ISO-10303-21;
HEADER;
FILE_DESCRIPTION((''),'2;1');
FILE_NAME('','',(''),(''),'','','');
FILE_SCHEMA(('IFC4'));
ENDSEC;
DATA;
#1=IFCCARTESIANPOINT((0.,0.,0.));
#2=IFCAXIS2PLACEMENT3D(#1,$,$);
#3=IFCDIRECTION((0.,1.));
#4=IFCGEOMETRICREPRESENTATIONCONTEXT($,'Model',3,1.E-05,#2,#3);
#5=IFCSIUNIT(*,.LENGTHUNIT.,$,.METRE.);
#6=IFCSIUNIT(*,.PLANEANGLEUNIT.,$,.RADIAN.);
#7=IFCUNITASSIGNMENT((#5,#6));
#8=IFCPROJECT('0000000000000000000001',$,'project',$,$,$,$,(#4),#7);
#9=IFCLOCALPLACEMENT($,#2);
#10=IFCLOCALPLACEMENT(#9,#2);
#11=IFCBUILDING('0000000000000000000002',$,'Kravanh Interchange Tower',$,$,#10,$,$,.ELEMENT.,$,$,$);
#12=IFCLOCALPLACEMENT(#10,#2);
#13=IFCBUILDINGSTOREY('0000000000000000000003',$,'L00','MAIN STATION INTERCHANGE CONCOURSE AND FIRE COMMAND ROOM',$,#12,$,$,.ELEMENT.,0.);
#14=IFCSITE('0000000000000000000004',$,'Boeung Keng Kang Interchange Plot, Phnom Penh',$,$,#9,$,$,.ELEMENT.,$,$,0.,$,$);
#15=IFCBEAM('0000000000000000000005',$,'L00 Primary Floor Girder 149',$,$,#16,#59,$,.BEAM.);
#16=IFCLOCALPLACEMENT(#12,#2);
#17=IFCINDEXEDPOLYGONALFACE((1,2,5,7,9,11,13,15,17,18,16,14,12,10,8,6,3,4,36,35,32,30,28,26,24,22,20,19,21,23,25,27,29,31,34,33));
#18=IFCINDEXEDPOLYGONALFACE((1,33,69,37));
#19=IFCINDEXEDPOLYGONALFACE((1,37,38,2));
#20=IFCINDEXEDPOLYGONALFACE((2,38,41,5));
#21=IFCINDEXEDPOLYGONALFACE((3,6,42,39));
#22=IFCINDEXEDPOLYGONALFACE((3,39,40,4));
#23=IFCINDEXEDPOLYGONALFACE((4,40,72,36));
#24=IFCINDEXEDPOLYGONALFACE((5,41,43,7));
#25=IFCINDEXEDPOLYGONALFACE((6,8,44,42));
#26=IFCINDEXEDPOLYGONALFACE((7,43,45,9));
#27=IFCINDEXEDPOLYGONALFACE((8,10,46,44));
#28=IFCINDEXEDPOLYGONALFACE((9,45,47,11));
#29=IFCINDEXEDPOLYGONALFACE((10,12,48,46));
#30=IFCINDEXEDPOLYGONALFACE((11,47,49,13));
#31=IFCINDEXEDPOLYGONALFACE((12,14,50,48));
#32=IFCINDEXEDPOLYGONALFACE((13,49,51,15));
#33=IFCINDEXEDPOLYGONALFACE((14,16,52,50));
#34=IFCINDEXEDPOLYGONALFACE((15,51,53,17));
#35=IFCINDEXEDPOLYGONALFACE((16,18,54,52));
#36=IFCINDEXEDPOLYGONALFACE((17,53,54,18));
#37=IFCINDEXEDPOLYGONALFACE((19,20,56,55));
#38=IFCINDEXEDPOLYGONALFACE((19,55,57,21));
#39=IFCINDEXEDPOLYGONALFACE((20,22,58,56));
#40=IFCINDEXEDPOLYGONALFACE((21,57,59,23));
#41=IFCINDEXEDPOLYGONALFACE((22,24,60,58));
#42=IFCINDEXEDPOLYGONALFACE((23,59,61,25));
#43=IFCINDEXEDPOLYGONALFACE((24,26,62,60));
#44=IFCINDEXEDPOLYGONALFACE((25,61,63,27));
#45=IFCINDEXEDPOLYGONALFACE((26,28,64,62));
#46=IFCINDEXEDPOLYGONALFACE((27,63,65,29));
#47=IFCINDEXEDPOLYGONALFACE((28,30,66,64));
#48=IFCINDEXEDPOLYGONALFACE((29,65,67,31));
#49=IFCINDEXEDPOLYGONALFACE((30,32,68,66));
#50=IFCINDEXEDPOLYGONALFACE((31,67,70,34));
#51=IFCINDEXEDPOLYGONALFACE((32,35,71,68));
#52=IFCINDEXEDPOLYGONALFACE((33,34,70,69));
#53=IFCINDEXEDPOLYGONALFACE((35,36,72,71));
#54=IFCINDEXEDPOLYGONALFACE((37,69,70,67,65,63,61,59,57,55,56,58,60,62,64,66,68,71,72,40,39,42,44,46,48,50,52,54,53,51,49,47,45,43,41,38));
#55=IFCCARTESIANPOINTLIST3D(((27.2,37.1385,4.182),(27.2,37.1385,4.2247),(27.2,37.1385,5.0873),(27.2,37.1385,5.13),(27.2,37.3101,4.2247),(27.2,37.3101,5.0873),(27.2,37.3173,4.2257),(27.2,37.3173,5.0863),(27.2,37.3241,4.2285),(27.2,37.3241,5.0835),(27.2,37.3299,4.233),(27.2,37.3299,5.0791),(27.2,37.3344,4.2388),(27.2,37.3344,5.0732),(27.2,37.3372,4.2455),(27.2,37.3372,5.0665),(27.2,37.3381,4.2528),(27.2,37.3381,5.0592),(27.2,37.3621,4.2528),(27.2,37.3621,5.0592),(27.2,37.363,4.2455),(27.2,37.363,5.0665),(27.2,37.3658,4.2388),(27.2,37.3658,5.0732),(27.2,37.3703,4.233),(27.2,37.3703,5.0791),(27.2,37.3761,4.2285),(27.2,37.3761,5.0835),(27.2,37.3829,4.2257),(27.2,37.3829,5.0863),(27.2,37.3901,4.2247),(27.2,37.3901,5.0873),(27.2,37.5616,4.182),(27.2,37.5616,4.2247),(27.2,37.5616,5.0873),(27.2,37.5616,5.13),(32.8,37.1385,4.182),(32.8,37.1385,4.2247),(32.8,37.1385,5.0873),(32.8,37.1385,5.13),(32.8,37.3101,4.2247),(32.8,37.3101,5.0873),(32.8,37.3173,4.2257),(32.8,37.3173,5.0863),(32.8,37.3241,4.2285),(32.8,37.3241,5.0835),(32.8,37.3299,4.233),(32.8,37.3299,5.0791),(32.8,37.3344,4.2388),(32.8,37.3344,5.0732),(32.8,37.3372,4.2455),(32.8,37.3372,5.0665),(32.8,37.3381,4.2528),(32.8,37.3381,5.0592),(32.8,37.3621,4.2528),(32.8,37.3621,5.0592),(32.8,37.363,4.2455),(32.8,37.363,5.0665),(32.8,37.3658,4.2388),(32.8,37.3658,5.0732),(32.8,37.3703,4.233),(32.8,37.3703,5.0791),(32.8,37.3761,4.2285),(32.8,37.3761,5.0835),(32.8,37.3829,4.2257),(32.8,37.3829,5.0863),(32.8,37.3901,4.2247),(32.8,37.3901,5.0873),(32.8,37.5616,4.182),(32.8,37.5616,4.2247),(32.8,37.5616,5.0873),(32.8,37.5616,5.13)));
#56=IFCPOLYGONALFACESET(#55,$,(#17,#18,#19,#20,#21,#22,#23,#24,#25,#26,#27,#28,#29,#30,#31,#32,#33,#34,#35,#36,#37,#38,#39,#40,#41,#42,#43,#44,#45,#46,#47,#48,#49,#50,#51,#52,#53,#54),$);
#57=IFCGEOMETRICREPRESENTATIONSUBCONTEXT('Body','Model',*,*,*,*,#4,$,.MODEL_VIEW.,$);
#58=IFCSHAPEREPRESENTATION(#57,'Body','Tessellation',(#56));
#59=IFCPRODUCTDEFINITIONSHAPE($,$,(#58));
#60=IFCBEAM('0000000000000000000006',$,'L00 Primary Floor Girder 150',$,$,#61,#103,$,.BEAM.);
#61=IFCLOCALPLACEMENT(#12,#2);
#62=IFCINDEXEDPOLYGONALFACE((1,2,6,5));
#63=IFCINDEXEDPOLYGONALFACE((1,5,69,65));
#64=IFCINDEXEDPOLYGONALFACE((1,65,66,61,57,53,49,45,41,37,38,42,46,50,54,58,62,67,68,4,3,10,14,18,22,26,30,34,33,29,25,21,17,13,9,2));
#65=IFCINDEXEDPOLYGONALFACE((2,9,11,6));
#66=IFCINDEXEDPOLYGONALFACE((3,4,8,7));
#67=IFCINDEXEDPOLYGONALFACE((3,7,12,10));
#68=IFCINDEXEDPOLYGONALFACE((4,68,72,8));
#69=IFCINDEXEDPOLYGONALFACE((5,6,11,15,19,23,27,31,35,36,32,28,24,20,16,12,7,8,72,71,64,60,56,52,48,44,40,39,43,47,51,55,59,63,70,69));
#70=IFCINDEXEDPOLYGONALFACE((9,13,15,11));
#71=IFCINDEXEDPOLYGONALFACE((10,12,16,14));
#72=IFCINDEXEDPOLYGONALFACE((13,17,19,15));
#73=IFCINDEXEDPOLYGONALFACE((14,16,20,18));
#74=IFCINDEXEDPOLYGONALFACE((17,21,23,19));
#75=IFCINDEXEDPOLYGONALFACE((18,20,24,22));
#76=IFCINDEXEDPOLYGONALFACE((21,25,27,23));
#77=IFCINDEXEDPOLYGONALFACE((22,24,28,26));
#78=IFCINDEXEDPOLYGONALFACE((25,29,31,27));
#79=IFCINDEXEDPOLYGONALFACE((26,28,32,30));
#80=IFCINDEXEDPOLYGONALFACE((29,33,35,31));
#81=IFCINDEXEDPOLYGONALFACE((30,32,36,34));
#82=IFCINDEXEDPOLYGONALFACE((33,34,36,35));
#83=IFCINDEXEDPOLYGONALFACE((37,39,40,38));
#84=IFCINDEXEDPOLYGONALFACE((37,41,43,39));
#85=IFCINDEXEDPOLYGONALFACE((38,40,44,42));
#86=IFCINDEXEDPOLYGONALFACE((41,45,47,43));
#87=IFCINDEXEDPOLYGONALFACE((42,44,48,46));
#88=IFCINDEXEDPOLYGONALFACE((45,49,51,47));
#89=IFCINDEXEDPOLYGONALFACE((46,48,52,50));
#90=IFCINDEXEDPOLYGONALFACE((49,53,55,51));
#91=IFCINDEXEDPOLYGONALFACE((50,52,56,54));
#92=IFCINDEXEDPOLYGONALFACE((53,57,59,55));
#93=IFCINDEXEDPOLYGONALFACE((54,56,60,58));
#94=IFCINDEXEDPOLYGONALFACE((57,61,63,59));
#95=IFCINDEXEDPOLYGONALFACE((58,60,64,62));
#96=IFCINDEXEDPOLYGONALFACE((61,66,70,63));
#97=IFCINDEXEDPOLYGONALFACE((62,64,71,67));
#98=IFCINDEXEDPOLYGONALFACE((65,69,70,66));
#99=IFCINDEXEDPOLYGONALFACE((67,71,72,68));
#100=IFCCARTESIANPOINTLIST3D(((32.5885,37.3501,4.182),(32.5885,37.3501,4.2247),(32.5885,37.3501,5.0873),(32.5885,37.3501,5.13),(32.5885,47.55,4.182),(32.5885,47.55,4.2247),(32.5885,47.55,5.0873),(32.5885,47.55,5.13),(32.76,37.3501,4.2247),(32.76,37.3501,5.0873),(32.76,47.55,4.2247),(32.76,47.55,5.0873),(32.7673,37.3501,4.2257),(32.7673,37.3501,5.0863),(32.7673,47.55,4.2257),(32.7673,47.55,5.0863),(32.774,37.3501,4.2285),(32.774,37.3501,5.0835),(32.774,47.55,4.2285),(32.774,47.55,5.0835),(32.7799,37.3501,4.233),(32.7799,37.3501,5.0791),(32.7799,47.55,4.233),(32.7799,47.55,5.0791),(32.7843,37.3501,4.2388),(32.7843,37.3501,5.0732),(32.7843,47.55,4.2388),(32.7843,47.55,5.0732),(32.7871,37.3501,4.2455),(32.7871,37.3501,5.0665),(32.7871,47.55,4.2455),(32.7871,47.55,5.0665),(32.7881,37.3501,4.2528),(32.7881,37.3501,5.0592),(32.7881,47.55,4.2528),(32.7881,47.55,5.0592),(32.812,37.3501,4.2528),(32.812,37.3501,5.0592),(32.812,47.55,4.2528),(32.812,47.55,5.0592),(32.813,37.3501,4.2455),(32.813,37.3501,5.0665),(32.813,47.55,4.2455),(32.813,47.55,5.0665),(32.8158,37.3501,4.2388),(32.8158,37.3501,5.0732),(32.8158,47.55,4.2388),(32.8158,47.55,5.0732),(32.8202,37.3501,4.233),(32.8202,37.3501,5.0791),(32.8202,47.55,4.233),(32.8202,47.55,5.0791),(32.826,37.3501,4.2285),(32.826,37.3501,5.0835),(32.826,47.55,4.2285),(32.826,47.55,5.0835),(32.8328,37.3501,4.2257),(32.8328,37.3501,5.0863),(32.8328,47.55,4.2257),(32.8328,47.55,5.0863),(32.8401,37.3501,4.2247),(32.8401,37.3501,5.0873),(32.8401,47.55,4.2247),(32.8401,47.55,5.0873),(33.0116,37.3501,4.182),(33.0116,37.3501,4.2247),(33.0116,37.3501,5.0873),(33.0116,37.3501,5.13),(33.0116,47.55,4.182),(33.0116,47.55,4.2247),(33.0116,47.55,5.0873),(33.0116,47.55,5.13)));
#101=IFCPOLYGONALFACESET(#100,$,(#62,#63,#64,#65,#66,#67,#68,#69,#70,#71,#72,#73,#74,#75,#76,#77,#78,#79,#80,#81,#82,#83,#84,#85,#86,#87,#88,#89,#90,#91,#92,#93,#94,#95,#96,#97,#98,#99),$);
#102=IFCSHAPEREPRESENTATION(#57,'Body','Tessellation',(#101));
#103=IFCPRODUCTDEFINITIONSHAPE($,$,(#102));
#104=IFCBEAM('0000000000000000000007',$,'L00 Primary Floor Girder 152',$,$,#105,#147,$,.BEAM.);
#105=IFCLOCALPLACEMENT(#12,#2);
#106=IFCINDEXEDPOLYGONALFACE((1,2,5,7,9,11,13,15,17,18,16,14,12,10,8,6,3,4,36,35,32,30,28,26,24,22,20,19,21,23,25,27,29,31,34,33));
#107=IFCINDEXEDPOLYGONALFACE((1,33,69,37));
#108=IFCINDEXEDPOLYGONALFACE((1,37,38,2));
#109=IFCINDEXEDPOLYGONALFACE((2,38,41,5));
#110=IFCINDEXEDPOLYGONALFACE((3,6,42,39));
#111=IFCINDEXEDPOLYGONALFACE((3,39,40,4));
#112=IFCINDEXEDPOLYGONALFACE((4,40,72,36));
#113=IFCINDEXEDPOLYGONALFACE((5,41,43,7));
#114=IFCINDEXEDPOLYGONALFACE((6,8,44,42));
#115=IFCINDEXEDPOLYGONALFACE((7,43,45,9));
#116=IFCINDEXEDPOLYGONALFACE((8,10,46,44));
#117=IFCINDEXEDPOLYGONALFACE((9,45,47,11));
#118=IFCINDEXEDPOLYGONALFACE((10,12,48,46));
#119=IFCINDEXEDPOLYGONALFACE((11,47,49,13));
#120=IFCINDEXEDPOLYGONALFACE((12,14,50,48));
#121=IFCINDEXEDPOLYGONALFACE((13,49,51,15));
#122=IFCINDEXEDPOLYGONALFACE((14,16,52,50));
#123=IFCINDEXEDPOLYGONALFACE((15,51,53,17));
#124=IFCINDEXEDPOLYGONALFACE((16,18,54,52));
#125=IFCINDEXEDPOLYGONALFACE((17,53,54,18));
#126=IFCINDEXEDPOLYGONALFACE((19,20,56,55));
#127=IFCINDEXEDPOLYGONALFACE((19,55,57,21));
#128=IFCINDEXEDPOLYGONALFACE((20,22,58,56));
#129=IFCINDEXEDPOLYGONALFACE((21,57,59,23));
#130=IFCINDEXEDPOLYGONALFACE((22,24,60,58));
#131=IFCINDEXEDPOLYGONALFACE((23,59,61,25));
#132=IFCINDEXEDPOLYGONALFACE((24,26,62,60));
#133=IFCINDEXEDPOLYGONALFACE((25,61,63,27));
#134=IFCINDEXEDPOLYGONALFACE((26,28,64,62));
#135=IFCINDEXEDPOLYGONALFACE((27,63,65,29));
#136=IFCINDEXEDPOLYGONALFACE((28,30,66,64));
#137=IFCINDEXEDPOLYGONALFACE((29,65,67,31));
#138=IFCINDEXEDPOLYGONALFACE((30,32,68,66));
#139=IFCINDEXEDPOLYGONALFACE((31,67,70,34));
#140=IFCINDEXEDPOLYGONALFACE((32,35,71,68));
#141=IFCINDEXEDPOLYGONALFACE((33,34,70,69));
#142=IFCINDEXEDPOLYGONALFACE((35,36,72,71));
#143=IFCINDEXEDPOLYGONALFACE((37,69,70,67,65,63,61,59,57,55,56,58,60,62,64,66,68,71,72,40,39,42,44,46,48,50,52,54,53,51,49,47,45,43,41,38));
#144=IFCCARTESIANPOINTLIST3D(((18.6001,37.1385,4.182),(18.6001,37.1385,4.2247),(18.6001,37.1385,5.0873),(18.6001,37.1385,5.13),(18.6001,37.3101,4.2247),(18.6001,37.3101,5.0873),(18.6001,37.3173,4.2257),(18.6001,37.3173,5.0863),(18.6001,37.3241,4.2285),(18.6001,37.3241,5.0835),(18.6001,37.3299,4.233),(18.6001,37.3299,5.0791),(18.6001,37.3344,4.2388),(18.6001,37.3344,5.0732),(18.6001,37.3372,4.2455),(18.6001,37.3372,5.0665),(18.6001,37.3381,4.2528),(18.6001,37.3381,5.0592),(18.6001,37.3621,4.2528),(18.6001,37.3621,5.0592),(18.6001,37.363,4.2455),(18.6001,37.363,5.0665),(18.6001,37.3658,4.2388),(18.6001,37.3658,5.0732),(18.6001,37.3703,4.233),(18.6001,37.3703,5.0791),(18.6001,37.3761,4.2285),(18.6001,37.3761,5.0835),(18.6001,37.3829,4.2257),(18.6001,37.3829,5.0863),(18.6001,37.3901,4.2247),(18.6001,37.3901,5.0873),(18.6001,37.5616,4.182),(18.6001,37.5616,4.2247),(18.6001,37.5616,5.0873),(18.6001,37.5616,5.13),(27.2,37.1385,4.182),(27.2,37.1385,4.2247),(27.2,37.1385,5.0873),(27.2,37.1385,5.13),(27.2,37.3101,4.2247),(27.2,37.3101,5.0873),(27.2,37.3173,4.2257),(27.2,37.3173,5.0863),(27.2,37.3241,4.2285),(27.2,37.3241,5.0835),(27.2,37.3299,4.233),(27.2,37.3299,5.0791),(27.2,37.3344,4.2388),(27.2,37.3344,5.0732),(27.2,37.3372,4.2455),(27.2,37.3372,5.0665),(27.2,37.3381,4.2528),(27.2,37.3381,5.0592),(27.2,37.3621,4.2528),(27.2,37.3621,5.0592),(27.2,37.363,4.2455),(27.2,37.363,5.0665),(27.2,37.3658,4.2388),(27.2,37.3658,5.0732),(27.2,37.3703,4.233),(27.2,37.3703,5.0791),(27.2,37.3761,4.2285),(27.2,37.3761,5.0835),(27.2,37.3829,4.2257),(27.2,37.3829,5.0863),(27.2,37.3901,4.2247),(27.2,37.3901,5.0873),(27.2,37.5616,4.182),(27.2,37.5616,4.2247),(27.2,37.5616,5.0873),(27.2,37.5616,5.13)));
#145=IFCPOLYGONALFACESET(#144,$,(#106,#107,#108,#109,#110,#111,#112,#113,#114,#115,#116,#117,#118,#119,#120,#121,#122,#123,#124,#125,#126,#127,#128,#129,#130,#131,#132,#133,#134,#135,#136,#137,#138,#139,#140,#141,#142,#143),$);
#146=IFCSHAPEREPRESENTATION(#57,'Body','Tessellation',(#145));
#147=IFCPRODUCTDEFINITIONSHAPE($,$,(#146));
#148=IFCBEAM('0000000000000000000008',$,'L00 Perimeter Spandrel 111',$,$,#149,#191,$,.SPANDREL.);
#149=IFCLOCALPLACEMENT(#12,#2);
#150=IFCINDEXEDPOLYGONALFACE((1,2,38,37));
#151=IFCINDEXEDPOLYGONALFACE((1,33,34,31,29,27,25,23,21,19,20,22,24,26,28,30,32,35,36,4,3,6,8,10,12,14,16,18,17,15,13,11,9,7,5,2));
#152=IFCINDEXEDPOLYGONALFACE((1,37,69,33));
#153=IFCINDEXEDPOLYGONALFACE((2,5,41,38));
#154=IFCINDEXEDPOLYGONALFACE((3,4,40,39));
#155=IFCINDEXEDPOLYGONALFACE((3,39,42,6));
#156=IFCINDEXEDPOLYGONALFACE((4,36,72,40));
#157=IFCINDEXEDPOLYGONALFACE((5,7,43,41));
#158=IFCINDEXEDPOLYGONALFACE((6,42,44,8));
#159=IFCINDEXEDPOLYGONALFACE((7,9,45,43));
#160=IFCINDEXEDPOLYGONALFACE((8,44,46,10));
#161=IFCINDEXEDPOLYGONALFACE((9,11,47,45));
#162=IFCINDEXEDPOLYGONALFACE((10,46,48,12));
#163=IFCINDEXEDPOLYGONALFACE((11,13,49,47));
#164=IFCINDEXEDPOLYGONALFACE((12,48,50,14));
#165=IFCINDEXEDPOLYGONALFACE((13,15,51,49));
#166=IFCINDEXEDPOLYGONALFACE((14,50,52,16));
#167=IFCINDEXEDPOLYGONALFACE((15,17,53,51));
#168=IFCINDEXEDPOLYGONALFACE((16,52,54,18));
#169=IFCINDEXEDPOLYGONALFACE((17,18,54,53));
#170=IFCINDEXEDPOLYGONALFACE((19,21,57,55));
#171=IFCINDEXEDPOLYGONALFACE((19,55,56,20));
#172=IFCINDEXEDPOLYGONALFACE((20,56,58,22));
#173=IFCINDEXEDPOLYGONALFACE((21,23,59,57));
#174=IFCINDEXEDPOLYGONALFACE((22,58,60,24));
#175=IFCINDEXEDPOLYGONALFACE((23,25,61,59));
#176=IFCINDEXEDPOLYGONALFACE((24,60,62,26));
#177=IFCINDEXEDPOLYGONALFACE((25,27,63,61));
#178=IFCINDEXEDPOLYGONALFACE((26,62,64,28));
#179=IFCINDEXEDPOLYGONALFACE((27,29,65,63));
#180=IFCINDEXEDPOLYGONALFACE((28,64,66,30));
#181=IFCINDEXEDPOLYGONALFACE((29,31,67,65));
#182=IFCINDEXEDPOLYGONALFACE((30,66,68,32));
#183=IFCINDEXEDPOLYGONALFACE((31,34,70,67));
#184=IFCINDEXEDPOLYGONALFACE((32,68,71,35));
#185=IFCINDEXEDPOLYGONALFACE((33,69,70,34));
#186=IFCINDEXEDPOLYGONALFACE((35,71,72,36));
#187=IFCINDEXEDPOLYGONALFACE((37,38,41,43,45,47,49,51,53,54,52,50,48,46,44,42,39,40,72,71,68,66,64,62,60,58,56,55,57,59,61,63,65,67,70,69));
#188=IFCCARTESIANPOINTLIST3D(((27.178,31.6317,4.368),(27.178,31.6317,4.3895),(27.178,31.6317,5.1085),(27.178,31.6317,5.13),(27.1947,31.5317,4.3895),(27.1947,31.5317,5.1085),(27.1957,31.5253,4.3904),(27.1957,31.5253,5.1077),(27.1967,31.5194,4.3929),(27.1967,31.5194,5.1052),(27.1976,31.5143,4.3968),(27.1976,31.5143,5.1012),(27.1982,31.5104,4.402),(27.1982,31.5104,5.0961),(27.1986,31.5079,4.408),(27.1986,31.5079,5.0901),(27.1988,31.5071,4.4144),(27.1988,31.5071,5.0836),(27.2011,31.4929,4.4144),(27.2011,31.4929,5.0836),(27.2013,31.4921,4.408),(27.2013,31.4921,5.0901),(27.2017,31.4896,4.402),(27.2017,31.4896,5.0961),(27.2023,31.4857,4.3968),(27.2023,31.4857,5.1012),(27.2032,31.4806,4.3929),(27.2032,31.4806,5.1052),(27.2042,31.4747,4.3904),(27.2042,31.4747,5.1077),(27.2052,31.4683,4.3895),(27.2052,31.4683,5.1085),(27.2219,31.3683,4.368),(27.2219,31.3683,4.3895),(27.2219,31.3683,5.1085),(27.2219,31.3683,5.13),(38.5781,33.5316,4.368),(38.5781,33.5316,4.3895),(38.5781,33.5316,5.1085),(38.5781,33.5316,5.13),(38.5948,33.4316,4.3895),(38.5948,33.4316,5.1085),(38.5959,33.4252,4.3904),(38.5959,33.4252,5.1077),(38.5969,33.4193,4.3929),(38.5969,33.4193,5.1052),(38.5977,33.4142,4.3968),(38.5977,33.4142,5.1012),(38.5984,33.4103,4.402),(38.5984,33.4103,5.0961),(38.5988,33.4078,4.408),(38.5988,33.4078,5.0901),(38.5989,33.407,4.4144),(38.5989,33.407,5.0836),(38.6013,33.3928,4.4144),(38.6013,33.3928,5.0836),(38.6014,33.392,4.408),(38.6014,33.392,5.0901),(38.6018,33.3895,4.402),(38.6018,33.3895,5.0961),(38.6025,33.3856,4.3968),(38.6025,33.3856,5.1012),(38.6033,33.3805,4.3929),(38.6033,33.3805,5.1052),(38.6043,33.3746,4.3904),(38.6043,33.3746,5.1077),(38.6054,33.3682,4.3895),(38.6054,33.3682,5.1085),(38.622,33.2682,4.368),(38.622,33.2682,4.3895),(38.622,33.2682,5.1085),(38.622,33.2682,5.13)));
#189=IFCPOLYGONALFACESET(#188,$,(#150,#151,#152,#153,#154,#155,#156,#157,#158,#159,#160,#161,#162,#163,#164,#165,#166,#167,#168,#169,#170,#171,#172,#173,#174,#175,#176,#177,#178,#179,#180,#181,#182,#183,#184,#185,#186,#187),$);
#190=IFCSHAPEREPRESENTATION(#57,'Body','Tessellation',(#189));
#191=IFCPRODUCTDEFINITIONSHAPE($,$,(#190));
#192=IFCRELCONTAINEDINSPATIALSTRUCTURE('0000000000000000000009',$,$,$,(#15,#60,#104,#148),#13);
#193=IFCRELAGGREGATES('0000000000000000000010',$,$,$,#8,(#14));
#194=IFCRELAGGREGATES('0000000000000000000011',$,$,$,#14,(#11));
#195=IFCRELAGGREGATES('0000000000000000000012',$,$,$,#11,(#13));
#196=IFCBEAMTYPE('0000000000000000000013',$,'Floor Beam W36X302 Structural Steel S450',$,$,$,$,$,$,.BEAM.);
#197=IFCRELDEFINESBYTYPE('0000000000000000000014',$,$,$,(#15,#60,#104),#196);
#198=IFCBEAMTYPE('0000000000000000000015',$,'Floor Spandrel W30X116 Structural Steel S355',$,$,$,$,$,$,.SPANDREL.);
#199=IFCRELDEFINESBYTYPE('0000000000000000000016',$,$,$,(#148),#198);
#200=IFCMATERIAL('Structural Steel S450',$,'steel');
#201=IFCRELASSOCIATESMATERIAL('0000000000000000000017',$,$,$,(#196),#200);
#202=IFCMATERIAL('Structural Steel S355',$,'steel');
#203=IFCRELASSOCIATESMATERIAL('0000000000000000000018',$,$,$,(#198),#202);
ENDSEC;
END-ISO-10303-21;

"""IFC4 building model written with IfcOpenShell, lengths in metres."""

from ifc_helpers import new_model, si_unit, direction, frame, origin, origin_2d, place, context, subcontext, project, spatial, i_section, extrude, material, material_profile, profile_set, type_object, element, save


model = new_model("IFC4")

# Units and contexts
model_context = context("Model", 3, precision=1e-05, world=origin(), true_north=direction((0.0, 1.0)))
body_context = subcontext(model_context, "Body", "Model", "MODEL_VIEW")
ifc_project = project(units=[si_unit("LENGTHUNIT", "METRE"), si_unit("PLANEANGLEUNIT", "RADIAN")], contexts=[model_context])

# Site, building, storey
site_placement = place(None, origin())
site = spatial("IfcSite", under=ifc_project, at=site_placement, Name="Boeung Keng Kang Interchange Plot, Phnom Penh", CompositionType="ELEMENT", RefElevation=0.0)
building_placement = place(site_placement, origin())
building = spatial("IfcBuilding", under=site, at=building_placement, Name="Kravanh Interchange Tower", CompositionType="ELEMENT")
storey_placement = place(building_placement, origin())
storey = spatial("IfcBuildingStorey", under=building, at=storey_placement, Name="L00", Description="MAIN STATION INTERCHANGE CONCOURSE AND FIRE COMMAND ROOM", CompositionType="ELEMENT", Elevation=0.0)

# Beams
ifc_material_1 = material(Name="Structural Steel S450", Category="steel")
ifc_material_profile_1 = material_profile(ifc_material_1, i_section(OverallWidth=0.4231, OverallDepth=0.948, WebThickness=0.0239, FlangeThickness=0.0427, FilletRadius=0.0281, at=origin_2d()), Name="W36X302")
ifc_profile_set_1 = profile_set([ifc_material_profile_1], Name="Structural Steel S450")
beam_type_1 = type_object("IfcBeamType", Name="Floor Beam W36X302 Structural Steel S450", PredefinedType="BEAM", material=ifc_profile_set_1)
beam_1_placement = place(storey_placement, frame((32.8, 37.3501, 4.656), z_axis=(-1.0, 0.0, 0.0), x_axis=(0.0, -1.0, 0.0)))
element("IfcBeam", 1, at=beam_1_placement, inside=storey, type_object=beam_type_1, Name="L00 Primary Floor Girder 149", PredefinedType="BEAM", context=body_context, shape_type="SweptSolid", body=[
    extrude(i_section(OverallWidth=0.4231, OverallDepth=0.948, WebThickness=0.0239, FlangeThickness=0.0427, FilletRadius=0.0281, at=origin_2d()), origin(), (0.0, 0.0, 1.0), 5.6001),
])
beam_2_placement = place(storey_placement, frame((32.8, 37.3501, 4.656), z_axis=(0.0, 1.0, 0.0), x_axis=(-1.0, 0.0, 0.0)))
element("IfcBeam", 2, at=beam_2_placement, inside=storey, type_object=beam_type_1, Name="L00 Primary Floor Girder 150", PredefinedType="BEAM", context=body_context, shape_type="SweptSolid", body=[
    extrude(i_section(OverallWidth=0.4231, OverallDepth=0.948, WebThickness=0.0239, FlangeThickness=0.0427, FilletRadius=0.0281, at=origin_2d()), origin(), (0.0, 0.0, 1.0), 10.2),
])
beam_3_placement = place(storey_placement, frame((27.2, 37.3501, 4.656), z_axis=(-1.0, 0.0, 0.0), x_axis=(0.0, -1.0, 0.0)))
element("IfcBeam", 3, at=beam_3_placement, inside=storey, type_object=beam_type_1, Name="L00 Primary Floor Girder 152", PredefinedType="BEAM", context=body_context, shape_type="SweptSolid", body=[
    extrude(i_section(OverallWidth=0.4231, OverallDepth=0.948, WebThickness=0.0239, FlangeThickness=0.0427, FilletRadius=0.0281, at=origin_2d()), origin(), (0.0, 0.0, 1.0), 8.5999),
])
ifc_material_2 = material(Name="Structural Steel S355", Category="steel")
ifc_material_profile_2 = material_profile(ifc_material_2, i_section(OverallWidth=0.2671, OverallDepth=0.762, WebThickness=0.0144, FlangeThickness=0.0215, FilletRadius=0.0249, at=origin_2d()), Name="W30X116")
ifc_profile_set_2 = profile_set([ifc_material_profile_2], Name="Structural Steel S355")
beam_type_2 = type_object("IfcBeamType", Name="Floor Spandrel W30X116 Structural Steel S355", PredefinedType="SPANDREL", material=ifc_profile_set_2)
beam_4_placement = place(storey_placement, frame((27.2, 31.5, 4.749), z_axis=(0.986396, 0.164389, 0.0), x_axis=(-0.164389, 0.986396, 0.0)))
element("IfcBeam", 4, at=beam_4_placement, inside=storey, type_object=beam_type_2, Name="L00 Perimeter Spandrel 111", PredefinedType="SPANDREL", context=body_context, shape_type="SweptSolid", body=[
    extrude(i_section(OverallWidth=0.2671, OverallDepth=0.762, WebThickness=0.0144, FlangeThickness=0.0215, FilletRadius=0.0249, at=origin_2d()), origin(), (0.0, 0.0, 1.0), 11.5574),
])

save(model, "model.ifc")
